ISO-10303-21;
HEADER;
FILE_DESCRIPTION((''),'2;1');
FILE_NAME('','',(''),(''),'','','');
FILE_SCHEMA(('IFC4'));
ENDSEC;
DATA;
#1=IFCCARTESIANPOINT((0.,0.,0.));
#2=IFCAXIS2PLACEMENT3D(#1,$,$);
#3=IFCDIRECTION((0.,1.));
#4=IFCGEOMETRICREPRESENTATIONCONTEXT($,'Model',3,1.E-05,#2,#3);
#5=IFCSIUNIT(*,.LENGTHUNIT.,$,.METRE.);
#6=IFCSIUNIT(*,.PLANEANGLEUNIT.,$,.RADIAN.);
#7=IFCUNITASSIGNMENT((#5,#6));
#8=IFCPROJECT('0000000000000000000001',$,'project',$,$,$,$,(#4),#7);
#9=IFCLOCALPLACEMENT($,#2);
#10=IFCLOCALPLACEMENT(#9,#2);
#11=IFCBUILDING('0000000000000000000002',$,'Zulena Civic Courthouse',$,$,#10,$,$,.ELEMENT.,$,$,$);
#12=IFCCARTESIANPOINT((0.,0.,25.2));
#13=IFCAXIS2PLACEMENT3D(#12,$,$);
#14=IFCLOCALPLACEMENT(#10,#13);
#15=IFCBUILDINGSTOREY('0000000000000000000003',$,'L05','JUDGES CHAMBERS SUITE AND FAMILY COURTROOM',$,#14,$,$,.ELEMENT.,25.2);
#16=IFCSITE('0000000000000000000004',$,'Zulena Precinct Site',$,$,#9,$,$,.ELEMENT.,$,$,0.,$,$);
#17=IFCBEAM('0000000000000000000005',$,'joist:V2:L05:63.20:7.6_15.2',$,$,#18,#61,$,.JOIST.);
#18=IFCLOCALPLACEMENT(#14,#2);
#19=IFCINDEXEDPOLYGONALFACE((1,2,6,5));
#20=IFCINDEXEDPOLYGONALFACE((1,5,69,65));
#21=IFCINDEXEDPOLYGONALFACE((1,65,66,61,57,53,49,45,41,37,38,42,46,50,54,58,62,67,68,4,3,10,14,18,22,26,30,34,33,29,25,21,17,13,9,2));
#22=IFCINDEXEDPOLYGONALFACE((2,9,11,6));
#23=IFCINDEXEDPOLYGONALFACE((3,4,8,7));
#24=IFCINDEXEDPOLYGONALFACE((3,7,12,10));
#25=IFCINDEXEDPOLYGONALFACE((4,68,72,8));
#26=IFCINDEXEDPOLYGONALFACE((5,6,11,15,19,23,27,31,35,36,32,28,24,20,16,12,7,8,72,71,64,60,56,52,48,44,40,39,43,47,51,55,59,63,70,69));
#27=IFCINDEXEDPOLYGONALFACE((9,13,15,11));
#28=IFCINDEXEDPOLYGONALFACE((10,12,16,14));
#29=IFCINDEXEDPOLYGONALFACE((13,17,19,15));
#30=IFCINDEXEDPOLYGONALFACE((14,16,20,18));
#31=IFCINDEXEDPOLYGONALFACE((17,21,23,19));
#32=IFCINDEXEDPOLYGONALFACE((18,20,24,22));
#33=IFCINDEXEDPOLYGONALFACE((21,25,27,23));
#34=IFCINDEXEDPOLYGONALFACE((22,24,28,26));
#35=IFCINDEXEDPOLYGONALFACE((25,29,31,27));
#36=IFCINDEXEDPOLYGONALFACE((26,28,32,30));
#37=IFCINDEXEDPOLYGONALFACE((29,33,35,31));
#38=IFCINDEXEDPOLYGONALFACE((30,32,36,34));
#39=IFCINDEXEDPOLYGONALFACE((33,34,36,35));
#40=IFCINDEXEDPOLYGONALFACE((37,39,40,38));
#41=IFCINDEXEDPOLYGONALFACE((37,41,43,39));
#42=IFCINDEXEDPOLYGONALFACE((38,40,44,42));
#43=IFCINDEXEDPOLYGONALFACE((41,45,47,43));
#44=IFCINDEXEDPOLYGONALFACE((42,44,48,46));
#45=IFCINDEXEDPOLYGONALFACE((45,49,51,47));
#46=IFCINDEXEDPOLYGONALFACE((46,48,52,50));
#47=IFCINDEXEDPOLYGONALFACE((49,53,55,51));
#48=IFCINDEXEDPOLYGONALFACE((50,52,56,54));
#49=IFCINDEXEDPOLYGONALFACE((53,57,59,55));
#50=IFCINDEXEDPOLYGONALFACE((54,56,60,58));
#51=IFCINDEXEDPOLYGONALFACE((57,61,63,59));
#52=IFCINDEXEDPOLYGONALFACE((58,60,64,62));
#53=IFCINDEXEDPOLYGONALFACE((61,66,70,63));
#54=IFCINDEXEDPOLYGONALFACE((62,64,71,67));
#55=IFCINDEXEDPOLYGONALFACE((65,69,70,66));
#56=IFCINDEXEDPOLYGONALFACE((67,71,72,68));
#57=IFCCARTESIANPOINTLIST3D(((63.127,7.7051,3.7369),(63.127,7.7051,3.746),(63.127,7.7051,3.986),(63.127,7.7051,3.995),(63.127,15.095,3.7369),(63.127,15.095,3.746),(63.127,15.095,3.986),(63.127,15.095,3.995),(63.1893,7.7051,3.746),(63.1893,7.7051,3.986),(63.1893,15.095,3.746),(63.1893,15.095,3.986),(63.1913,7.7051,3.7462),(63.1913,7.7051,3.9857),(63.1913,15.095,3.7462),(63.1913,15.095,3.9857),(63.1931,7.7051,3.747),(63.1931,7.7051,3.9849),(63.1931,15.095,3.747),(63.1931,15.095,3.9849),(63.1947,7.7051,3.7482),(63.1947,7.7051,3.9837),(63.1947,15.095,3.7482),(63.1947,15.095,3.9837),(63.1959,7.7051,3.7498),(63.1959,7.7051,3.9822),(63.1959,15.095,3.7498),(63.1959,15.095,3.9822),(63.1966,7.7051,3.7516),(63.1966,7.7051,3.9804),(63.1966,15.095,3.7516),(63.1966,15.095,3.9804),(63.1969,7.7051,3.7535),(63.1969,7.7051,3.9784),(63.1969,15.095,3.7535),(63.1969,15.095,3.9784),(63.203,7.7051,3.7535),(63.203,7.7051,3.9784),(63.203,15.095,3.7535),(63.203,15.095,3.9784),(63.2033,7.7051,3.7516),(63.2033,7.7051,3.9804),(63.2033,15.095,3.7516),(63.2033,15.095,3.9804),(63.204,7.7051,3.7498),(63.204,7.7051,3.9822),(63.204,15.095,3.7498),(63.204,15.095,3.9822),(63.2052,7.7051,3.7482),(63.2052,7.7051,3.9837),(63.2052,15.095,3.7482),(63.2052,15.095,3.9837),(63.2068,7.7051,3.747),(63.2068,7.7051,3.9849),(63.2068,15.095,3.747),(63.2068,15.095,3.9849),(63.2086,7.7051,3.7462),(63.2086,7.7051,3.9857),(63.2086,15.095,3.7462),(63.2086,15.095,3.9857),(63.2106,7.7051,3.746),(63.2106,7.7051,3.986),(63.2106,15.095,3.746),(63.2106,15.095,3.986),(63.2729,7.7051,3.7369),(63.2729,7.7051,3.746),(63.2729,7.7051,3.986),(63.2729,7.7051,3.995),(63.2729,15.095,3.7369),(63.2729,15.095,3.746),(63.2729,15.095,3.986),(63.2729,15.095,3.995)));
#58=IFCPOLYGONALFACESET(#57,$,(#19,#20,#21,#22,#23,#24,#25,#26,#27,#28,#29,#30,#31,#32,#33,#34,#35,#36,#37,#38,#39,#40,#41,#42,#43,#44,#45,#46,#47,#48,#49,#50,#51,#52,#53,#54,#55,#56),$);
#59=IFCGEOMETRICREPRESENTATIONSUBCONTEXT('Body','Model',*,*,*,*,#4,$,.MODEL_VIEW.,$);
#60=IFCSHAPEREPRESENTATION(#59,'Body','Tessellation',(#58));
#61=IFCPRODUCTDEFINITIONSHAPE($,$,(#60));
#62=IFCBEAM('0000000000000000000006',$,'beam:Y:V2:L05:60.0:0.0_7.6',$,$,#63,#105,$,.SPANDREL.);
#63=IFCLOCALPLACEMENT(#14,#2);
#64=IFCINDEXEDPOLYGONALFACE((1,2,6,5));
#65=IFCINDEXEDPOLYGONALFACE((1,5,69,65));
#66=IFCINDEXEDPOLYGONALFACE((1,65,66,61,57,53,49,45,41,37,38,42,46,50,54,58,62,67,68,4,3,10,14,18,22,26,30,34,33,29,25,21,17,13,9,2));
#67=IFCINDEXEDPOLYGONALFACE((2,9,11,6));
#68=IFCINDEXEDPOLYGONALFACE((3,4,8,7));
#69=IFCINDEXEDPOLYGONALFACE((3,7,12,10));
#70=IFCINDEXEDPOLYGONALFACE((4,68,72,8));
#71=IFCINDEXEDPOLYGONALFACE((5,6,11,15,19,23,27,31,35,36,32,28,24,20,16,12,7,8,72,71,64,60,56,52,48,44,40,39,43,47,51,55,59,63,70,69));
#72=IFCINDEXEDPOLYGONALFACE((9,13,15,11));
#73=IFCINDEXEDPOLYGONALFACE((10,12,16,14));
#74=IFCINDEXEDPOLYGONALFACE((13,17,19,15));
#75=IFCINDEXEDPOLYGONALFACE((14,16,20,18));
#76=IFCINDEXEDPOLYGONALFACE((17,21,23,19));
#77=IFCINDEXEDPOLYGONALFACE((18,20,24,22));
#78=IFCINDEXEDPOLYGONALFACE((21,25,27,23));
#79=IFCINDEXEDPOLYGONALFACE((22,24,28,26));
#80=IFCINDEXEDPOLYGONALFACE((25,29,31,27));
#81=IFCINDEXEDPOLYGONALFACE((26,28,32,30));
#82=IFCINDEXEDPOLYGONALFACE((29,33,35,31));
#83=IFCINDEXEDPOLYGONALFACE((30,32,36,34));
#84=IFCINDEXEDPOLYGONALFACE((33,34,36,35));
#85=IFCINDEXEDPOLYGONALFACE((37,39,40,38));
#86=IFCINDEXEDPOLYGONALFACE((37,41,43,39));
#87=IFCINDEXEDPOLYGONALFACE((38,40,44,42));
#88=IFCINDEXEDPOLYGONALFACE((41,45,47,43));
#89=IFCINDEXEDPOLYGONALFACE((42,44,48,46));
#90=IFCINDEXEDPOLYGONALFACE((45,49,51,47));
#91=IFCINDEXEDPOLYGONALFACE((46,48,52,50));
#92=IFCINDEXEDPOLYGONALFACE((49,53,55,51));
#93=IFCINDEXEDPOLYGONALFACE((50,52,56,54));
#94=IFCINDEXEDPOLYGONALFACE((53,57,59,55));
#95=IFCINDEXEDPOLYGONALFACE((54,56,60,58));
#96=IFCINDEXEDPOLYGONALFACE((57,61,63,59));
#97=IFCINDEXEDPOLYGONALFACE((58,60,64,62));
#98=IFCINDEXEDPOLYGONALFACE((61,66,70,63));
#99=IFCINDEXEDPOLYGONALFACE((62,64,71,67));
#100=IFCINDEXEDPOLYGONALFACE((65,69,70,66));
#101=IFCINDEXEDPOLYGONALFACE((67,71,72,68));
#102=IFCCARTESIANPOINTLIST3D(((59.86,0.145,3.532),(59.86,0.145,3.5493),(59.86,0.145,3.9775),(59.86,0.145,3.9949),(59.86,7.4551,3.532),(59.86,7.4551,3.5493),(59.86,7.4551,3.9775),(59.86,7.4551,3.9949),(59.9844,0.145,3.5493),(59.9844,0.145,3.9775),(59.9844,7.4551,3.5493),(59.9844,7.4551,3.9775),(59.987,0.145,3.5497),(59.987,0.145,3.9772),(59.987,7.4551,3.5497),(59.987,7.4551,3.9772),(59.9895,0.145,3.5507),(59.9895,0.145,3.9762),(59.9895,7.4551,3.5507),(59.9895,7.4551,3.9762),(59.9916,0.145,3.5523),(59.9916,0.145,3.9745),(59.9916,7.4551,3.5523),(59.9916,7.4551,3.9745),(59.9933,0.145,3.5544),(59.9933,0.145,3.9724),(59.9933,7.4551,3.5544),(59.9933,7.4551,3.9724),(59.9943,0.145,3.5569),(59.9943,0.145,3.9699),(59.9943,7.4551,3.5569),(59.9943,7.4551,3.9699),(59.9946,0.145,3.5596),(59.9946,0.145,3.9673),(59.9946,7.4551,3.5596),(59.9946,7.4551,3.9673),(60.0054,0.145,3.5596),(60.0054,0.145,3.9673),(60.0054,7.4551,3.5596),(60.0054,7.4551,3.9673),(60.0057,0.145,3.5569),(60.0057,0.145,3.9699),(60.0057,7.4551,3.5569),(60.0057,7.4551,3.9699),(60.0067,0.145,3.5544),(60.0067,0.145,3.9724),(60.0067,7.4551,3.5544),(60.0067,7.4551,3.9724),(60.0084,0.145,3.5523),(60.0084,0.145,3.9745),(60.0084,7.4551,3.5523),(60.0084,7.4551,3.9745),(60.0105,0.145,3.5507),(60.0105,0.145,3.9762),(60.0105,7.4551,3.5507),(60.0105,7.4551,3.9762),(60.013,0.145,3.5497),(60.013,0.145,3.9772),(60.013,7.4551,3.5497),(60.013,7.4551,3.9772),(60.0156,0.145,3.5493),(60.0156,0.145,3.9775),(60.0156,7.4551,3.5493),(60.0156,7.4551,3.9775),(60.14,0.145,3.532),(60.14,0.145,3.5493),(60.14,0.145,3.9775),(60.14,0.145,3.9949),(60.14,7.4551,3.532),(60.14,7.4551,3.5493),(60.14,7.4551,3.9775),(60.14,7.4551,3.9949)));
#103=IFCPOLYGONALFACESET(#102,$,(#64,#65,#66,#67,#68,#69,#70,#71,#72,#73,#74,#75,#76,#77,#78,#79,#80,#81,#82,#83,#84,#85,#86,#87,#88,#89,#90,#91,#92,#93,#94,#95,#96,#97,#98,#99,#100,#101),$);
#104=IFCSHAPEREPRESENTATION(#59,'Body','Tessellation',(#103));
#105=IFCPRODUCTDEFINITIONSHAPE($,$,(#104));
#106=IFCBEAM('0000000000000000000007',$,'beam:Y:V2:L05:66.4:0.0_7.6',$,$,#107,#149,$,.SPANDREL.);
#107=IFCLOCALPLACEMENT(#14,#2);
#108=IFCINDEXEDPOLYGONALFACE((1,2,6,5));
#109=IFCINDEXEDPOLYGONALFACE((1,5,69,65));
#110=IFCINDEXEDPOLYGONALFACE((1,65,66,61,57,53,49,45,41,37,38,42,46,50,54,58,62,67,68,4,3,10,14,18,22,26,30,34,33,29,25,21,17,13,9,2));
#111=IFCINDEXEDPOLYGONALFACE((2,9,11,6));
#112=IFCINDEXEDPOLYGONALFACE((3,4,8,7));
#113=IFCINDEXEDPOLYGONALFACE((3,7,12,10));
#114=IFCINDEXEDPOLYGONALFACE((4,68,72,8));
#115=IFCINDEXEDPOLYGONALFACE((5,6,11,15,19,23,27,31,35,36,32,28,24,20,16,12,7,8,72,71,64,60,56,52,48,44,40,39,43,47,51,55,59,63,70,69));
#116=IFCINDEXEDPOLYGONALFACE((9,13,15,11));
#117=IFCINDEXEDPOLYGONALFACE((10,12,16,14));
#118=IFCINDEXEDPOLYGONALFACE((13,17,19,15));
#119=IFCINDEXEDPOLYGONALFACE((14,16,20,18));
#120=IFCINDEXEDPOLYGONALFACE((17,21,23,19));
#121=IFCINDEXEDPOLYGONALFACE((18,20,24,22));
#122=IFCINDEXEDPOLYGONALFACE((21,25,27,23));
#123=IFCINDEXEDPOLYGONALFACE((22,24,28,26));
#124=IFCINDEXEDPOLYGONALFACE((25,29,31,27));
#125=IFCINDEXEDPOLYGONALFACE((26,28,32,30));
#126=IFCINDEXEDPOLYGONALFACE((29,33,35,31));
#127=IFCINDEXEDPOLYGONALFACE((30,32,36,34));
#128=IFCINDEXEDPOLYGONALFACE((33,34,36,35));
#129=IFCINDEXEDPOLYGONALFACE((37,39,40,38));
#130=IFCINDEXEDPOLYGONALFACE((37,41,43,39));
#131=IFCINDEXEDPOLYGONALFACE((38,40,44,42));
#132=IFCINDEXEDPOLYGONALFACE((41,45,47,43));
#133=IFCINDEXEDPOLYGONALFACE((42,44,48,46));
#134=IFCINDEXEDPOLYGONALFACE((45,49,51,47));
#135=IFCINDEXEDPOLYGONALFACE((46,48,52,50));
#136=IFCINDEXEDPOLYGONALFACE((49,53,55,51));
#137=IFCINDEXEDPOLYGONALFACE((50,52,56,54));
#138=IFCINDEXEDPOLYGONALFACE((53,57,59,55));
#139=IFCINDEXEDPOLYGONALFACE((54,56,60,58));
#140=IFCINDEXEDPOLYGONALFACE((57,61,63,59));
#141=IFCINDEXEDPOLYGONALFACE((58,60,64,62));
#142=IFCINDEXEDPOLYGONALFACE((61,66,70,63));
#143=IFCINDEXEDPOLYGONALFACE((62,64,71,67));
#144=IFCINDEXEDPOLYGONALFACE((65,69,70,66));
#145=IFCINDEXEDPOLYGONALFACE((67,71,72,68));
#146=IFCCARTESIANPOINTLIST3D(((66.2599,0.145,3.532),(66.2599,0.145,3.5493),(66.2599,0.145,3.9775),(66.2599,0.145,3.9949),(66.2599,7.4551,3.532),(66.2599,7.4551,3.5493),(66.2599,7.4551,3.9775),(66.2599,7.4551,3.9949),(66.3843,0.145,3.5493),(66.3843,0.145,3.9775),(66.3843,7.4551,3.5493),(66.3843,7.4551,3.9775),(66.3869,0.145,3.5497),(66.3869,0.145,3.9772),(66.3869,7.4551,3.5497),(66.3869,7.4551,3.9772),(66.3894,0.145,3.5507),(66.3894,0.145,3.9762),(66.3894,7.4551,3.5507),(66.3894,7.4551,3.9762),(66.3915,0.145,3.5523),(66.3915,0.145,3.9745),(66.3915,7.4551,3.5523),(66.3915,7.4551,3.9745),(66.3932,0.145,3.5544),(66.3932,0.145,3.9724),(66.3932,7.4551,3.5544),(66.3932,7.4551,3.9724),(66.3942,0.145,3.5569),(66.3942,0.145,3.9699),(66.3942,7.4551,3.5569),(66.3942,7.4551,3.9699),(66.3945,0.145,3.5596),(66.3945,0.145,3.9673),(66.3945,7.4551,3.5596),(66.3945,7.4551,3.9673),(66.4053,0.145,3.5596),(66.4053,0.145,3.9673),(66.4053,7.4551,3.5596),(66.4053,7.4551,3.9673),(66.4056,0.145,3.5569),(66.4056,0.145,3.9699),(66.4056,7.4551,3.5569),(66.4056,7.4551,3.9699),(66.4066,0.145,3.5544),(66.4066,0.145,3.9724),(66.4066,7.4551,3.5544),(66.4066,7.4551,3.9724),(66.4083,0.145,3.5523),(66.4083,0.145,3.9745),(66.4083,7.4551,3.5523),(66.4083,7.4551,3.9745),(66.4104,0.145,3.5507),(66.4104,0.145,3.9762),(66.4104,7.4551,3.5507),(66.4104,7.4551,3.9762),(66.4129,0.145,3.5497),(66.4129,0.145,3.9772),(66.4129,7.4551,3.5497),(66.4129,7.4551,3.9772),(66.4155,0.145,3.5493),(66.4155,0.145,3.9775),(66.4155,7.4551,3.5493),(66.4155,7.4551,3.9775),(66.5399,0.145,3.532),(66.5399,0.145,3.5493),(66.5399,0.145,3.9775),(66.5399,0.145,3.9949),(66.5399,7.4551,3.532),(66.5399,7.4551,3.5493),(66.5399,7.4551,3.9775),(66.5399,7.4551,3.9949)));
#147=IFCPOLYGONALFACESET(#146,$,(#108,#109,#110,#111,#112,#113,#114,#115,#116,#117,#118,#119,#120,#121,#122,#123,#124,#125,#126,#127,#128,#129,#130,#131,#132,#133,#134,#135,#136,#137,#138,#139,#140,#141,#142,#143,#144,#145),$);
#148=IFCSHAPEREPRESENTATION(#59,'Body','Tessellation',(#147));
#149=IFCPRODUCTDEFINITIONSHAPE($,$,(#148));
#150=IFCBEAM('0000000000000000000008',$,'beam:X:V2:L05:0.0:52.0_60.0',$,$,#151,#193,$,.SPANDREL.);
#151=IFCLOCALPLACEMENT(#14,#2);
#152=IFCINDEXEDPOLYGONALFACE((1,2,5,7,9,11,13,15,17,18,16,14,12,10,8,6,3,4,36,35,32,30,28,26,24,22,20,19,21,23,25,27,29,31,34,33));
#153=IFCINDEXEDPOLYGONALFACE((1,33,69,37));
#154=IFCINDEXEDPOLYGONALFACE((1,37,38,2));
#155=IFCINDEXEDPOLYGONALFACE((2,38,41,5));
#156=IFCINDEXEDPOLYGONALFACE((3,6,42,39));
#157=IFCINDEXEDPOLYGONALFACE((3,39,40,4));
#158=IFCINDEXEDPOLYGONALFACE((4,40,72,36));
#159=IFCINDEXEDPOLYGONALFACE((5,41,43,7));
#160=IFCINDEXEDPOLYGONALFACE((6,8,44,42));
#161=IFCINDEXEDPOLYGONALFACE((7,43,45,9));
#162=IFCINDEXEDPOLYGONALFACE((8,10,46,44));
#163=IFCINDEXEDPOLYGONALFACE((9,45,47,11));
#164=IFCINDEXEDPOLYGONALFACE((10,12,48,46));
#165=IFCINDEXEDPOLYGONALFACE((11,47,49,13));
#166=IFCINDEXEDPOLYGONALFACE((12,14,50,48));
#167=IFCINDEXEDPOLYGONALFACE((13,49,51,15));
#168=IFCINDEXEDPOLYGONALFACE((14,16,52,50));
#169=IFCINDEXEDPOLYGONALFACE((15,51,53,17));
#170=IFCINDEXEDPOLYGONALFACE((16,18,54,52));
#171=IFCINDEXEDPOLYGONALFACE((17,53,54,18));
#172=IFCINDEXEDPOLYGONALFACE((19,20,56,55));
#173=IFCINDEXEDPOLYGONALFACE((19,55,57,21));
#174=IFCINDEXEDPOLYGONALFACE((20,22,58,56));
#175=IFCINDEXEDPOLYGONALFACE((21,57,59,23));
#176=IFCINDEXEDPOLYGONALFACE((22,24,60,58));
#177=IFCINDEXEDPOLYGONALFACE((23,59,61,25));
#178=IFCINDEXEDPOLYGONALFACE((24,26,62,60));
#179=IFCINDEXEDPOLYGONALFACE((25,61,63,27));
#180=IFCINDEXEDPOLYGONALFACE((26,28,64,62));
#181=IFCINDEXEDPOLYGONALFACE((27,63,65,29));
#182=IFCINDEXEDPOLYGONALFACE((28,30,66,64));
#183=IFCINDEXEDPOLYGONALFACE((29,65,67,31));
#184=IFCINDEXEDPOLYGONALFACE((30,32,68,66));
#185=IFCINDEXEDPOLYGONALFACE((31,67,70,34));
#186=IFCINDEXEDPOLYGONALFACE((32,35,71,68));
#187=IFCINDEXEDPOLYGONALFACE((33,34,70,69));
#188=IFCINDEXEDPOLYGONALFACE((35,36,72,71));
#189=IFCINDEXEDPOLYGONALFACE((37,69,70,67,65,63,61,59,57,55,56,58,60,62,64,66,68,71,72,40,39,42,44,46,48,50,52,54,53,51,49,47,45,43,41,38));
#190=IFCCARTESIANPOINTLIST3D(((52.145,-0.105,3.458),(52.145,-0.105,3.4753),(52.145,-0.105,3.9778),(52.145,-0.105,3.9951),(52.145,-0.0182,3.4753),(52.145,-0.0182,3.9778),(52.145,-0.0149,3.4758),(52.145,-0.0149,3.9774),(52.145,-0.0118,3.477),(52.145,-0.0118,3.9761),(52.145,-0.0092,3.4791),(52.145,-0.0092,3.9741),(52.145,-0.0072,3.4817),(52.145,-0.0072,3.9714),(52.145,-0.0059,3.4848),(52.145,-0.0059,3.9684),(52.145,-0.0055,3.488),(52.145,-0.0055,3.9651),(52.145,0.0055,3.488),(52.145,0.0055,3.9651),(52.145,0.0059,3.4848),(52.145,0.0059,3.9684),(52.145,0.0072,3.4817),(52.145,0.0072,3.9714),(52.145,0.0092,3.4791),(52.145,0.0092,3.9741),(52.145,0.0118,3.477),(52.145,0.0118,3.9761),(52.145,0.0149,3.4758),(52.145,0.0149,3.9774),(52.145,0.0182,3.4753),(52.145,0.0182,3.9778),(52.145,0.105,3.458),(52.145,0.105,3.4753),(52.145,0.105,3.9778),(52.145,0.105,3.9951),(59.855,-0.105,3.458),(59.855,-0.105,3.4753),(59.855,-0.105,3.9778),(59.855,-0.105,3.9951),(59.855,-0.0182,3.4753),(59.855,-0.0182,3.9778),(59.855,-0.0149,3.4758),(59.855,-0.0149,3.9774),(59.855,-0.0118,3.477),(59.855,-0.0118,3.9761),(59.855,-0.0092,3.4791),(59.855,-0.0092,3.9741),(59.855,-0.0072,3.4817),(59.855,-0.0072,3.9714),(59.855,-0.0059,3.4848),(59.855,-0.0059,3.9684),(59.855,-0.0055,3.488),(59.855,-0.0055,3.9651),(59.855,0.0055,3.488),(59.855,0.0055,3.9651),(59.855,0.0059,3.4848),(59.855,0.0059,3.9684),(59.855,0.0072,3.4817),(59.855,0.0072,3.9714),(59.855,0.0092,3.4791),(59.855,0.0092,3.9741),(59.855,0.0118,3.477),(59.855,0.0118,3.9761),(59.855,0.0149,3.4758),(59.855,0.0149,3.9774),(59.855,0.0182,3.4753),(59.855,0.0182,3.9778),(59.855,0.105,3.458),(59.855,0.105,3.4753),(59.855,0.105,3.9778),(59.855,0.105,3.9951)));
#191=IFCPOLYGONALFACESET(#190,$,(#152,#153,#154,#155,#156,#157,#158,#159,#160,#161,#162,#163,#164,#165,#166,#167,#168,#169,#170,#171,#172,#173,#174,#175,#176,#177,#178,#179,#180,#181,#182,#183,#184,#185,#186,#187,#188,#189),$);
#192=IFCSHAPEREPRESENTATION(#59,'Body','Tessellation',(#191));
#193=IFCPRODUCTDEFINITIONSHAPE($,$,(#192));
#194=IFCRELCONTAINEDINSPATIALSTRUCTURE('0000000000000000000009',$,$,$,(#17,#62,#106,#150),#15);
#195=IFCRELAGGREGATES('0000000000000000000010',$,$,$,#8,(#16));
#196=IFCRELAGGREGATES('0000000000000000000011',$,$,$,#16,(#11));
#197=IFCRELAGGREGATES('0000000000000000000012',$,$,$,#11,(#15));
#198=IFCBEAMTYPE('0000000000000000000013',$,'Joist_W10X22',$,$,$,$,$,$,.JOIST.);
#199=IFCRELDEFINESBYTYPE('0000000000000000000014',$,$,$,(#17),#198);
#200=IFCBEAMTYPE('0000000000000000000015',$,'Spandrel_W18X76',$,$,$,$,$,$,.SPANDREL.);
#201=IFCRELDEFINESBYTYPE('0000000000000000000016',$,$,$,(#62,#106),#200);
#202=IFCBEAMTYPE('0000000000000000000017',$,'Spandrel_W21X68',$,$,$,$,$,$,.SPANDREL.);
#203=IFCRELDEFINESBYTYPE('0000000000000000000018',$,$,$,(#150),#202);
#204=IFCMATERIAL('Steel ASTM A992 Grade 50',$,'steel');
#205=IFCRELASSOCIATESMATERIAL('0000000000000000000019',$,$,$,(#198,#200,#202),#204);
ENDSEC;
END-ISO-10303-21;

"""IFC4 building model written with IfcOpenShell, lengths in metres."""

from ifc_helpers import new_model, si_unit, direction, frame, origin, origin_2d, place, context, subcontext, project, spatial, i_section, extrude, material, material_profile, profile_set, type_object, element, save


model = new_model("IFC4")

# Units and contexts
model_context = context("Model", 3, precision=1e-05, world=origin(), true_north=direction((0.0, 1.0)))
body_context = subcontext(model_context, "Body", "Model", "MODEL_VIEW")
ifc_project = project(units=[si_unit("LENGTHUNIT", "METRE"), si_unit("PLANEANGLEUNIT", "RADIAN")], contexts=[model_context])

# Site, building, storey
site_placement = place(None, origin())
site = spatial("IfcSite", under=ifc_project, at=site_placement, Name="Zulena Precinct Site", CompositionType="ELEMENT", RefElevation=0.0)
building_placement = place(site_placement, origin())
building = spatial("IfcBuilding", under=site, at=building_placement, Name="Zulena Civic Courthouse", CompositionType="ELEMENT")
storey_placement = place(building_placement, frame((0.0, 0.0, 25.2)))
storey = spatial("IfcBuildingStorey", under=building, at=storey_placement, Name="L05", Description="JUDGES CHAMBERS SUITE AND FAMILY COURTROOM", CompositionType="ELEMENT", Elevation=25.2)

# Shared definitions
ifc_material_1 = material(Name="Steel ASTM A992 Grade 50", Category="steel")

# Beams
ifc_material_profile_1 = material_profile(ifc_material_1, i_section(OverallWidth=0.146, OverallDepth=0.2581, WebThickness=0.0061, FlangeThickness=0.009, FilletRadius=0.0076, at=origin_2d()), Name="W10X22")
ifc_profile_set_1 = profile_set([ifc_material_profile_1], Name="Steel ASTM A992 Grade 50")
beam_type_1 = type_object("IfcBeamType", Name="Joist_W10X22", PredefinedType="JOIST", material=ifc_profile_set_1)
beam_1_placement = place(storey_placement, frame((63.2, 7.7051, 3.866), z_axis=(0.0, 1.0, 0.0), x_axis=(-1.0, 0.0, 0.0)))
element("IfcBeam", 1, at=beam_1_placement, inside=storey, type_object=beam_type_1, Name="joist:V2:L05:63.20:7.6_15.2", PredefinedType="JOIST", context=body_context, shape_type="SweptSolid", body=[
    extrude(i_section(OverallWidth=0.146, OverallDepth=0.2581, WebThickness=0.0061, FlangeThickness=0.009, FilletRadius=0.0076, at=origin_2d()), origin(), (0.0, 0.0, 1.0), 7.3899),
])
ifc_material_profile_2 = material_profile(ifc_material_1, i_section(OverallWidth=0.28, OverallDepth=0.4629, WebThickness=0.0107, FlangeThickness=0.0173, FilletRadius=0.0103, at=origin_2d()), Name="W18X76")
ifc_profile_set_2 = profile_set([ifc_material_profile_2], Name="Steel ASTM A992 Grade 50")
beam_type_2 = type_object("IfcBeamType", Name="Spandrel_W18X76", PredefinedType="SPANDREL", material=ifc_profile_set_2)
for number, where, z_axis, x_axis, name in (
    (2, (60.0, 0.145, 3.7634), (0.0, 1.0, 0.0), (-1.0, 0.0, 0.0), "beam:Y:V2:L05:60.0:0.0_7.6"),
    (3, (66.3999, 0.145, 3.7634), (0.0, 1.0, 0.0), (-1.0, 0.0, 0.0), "beam:Y:V2:L05:66.4:0.0_7.6"),
):
    element("IfcBeam", number, at=place(storey_placement, frame(where, z_axis=z_axis, x_axis=x_axis)), inside=storey, type_object=beam_type_2, Name=name, PredefinedType="SPANDREL", context=body_context, shape_type="SweptSolid", body=[
        extrude(i_section(OverallWidth=0.28, OverallDepth=0.4629, WebThickness=0.0107, FlangeThickness=0.0173, FilletRadius=0.0103, at=origin_2d()), origin(), (0.0, 0.0, 1.0), 7.3101),
    ])
ifc_material_profile_3 = material_profile(ifc_material_1, i_section(OverallWidth=0.21, OverallDepth=0.5371, WebThickness=0.011, FlangeThickness=0.0173, FilletRadius=0.0127, at=origin_2d()), Name="W21X68")
ifc_profile_set_3 = profile_set([ifc_material_profile_3], Name="Steel ASTM A992 Grade 50")
beam_type_3 = type_object("IfcBeamType", Name="Spandrel_W21X68", PredefinedType="SPANDREL", material=ifc_profile_set_3)
beam_2_placement = place(storey_placement, frame((52.145, 0.0, 3.7266), z_axis=(1.0, 0.0, 0.0), x_axis=(0.0, 1.0, 0.0)))
element("IfcBeam", 4, at=beam_2_placement, inside=storey, type_object=beam_type_3, Name="beam:X:V2:L05:0.0:52.0_60.0", PredefinedType="SPANDREL", context=body_context, shape_type="SweptSolid", body=[
    extrude(i_section(OverallWidth=0.21, OverallDepth=0.5371, WebThickness=0.011, FlangeThickness=0.0173, FilletRadius=0.0127, at=origin_2d()), origin(), (0.0, 0.0, 1.0), 7.71),
])

save(model, "model.ifc")
